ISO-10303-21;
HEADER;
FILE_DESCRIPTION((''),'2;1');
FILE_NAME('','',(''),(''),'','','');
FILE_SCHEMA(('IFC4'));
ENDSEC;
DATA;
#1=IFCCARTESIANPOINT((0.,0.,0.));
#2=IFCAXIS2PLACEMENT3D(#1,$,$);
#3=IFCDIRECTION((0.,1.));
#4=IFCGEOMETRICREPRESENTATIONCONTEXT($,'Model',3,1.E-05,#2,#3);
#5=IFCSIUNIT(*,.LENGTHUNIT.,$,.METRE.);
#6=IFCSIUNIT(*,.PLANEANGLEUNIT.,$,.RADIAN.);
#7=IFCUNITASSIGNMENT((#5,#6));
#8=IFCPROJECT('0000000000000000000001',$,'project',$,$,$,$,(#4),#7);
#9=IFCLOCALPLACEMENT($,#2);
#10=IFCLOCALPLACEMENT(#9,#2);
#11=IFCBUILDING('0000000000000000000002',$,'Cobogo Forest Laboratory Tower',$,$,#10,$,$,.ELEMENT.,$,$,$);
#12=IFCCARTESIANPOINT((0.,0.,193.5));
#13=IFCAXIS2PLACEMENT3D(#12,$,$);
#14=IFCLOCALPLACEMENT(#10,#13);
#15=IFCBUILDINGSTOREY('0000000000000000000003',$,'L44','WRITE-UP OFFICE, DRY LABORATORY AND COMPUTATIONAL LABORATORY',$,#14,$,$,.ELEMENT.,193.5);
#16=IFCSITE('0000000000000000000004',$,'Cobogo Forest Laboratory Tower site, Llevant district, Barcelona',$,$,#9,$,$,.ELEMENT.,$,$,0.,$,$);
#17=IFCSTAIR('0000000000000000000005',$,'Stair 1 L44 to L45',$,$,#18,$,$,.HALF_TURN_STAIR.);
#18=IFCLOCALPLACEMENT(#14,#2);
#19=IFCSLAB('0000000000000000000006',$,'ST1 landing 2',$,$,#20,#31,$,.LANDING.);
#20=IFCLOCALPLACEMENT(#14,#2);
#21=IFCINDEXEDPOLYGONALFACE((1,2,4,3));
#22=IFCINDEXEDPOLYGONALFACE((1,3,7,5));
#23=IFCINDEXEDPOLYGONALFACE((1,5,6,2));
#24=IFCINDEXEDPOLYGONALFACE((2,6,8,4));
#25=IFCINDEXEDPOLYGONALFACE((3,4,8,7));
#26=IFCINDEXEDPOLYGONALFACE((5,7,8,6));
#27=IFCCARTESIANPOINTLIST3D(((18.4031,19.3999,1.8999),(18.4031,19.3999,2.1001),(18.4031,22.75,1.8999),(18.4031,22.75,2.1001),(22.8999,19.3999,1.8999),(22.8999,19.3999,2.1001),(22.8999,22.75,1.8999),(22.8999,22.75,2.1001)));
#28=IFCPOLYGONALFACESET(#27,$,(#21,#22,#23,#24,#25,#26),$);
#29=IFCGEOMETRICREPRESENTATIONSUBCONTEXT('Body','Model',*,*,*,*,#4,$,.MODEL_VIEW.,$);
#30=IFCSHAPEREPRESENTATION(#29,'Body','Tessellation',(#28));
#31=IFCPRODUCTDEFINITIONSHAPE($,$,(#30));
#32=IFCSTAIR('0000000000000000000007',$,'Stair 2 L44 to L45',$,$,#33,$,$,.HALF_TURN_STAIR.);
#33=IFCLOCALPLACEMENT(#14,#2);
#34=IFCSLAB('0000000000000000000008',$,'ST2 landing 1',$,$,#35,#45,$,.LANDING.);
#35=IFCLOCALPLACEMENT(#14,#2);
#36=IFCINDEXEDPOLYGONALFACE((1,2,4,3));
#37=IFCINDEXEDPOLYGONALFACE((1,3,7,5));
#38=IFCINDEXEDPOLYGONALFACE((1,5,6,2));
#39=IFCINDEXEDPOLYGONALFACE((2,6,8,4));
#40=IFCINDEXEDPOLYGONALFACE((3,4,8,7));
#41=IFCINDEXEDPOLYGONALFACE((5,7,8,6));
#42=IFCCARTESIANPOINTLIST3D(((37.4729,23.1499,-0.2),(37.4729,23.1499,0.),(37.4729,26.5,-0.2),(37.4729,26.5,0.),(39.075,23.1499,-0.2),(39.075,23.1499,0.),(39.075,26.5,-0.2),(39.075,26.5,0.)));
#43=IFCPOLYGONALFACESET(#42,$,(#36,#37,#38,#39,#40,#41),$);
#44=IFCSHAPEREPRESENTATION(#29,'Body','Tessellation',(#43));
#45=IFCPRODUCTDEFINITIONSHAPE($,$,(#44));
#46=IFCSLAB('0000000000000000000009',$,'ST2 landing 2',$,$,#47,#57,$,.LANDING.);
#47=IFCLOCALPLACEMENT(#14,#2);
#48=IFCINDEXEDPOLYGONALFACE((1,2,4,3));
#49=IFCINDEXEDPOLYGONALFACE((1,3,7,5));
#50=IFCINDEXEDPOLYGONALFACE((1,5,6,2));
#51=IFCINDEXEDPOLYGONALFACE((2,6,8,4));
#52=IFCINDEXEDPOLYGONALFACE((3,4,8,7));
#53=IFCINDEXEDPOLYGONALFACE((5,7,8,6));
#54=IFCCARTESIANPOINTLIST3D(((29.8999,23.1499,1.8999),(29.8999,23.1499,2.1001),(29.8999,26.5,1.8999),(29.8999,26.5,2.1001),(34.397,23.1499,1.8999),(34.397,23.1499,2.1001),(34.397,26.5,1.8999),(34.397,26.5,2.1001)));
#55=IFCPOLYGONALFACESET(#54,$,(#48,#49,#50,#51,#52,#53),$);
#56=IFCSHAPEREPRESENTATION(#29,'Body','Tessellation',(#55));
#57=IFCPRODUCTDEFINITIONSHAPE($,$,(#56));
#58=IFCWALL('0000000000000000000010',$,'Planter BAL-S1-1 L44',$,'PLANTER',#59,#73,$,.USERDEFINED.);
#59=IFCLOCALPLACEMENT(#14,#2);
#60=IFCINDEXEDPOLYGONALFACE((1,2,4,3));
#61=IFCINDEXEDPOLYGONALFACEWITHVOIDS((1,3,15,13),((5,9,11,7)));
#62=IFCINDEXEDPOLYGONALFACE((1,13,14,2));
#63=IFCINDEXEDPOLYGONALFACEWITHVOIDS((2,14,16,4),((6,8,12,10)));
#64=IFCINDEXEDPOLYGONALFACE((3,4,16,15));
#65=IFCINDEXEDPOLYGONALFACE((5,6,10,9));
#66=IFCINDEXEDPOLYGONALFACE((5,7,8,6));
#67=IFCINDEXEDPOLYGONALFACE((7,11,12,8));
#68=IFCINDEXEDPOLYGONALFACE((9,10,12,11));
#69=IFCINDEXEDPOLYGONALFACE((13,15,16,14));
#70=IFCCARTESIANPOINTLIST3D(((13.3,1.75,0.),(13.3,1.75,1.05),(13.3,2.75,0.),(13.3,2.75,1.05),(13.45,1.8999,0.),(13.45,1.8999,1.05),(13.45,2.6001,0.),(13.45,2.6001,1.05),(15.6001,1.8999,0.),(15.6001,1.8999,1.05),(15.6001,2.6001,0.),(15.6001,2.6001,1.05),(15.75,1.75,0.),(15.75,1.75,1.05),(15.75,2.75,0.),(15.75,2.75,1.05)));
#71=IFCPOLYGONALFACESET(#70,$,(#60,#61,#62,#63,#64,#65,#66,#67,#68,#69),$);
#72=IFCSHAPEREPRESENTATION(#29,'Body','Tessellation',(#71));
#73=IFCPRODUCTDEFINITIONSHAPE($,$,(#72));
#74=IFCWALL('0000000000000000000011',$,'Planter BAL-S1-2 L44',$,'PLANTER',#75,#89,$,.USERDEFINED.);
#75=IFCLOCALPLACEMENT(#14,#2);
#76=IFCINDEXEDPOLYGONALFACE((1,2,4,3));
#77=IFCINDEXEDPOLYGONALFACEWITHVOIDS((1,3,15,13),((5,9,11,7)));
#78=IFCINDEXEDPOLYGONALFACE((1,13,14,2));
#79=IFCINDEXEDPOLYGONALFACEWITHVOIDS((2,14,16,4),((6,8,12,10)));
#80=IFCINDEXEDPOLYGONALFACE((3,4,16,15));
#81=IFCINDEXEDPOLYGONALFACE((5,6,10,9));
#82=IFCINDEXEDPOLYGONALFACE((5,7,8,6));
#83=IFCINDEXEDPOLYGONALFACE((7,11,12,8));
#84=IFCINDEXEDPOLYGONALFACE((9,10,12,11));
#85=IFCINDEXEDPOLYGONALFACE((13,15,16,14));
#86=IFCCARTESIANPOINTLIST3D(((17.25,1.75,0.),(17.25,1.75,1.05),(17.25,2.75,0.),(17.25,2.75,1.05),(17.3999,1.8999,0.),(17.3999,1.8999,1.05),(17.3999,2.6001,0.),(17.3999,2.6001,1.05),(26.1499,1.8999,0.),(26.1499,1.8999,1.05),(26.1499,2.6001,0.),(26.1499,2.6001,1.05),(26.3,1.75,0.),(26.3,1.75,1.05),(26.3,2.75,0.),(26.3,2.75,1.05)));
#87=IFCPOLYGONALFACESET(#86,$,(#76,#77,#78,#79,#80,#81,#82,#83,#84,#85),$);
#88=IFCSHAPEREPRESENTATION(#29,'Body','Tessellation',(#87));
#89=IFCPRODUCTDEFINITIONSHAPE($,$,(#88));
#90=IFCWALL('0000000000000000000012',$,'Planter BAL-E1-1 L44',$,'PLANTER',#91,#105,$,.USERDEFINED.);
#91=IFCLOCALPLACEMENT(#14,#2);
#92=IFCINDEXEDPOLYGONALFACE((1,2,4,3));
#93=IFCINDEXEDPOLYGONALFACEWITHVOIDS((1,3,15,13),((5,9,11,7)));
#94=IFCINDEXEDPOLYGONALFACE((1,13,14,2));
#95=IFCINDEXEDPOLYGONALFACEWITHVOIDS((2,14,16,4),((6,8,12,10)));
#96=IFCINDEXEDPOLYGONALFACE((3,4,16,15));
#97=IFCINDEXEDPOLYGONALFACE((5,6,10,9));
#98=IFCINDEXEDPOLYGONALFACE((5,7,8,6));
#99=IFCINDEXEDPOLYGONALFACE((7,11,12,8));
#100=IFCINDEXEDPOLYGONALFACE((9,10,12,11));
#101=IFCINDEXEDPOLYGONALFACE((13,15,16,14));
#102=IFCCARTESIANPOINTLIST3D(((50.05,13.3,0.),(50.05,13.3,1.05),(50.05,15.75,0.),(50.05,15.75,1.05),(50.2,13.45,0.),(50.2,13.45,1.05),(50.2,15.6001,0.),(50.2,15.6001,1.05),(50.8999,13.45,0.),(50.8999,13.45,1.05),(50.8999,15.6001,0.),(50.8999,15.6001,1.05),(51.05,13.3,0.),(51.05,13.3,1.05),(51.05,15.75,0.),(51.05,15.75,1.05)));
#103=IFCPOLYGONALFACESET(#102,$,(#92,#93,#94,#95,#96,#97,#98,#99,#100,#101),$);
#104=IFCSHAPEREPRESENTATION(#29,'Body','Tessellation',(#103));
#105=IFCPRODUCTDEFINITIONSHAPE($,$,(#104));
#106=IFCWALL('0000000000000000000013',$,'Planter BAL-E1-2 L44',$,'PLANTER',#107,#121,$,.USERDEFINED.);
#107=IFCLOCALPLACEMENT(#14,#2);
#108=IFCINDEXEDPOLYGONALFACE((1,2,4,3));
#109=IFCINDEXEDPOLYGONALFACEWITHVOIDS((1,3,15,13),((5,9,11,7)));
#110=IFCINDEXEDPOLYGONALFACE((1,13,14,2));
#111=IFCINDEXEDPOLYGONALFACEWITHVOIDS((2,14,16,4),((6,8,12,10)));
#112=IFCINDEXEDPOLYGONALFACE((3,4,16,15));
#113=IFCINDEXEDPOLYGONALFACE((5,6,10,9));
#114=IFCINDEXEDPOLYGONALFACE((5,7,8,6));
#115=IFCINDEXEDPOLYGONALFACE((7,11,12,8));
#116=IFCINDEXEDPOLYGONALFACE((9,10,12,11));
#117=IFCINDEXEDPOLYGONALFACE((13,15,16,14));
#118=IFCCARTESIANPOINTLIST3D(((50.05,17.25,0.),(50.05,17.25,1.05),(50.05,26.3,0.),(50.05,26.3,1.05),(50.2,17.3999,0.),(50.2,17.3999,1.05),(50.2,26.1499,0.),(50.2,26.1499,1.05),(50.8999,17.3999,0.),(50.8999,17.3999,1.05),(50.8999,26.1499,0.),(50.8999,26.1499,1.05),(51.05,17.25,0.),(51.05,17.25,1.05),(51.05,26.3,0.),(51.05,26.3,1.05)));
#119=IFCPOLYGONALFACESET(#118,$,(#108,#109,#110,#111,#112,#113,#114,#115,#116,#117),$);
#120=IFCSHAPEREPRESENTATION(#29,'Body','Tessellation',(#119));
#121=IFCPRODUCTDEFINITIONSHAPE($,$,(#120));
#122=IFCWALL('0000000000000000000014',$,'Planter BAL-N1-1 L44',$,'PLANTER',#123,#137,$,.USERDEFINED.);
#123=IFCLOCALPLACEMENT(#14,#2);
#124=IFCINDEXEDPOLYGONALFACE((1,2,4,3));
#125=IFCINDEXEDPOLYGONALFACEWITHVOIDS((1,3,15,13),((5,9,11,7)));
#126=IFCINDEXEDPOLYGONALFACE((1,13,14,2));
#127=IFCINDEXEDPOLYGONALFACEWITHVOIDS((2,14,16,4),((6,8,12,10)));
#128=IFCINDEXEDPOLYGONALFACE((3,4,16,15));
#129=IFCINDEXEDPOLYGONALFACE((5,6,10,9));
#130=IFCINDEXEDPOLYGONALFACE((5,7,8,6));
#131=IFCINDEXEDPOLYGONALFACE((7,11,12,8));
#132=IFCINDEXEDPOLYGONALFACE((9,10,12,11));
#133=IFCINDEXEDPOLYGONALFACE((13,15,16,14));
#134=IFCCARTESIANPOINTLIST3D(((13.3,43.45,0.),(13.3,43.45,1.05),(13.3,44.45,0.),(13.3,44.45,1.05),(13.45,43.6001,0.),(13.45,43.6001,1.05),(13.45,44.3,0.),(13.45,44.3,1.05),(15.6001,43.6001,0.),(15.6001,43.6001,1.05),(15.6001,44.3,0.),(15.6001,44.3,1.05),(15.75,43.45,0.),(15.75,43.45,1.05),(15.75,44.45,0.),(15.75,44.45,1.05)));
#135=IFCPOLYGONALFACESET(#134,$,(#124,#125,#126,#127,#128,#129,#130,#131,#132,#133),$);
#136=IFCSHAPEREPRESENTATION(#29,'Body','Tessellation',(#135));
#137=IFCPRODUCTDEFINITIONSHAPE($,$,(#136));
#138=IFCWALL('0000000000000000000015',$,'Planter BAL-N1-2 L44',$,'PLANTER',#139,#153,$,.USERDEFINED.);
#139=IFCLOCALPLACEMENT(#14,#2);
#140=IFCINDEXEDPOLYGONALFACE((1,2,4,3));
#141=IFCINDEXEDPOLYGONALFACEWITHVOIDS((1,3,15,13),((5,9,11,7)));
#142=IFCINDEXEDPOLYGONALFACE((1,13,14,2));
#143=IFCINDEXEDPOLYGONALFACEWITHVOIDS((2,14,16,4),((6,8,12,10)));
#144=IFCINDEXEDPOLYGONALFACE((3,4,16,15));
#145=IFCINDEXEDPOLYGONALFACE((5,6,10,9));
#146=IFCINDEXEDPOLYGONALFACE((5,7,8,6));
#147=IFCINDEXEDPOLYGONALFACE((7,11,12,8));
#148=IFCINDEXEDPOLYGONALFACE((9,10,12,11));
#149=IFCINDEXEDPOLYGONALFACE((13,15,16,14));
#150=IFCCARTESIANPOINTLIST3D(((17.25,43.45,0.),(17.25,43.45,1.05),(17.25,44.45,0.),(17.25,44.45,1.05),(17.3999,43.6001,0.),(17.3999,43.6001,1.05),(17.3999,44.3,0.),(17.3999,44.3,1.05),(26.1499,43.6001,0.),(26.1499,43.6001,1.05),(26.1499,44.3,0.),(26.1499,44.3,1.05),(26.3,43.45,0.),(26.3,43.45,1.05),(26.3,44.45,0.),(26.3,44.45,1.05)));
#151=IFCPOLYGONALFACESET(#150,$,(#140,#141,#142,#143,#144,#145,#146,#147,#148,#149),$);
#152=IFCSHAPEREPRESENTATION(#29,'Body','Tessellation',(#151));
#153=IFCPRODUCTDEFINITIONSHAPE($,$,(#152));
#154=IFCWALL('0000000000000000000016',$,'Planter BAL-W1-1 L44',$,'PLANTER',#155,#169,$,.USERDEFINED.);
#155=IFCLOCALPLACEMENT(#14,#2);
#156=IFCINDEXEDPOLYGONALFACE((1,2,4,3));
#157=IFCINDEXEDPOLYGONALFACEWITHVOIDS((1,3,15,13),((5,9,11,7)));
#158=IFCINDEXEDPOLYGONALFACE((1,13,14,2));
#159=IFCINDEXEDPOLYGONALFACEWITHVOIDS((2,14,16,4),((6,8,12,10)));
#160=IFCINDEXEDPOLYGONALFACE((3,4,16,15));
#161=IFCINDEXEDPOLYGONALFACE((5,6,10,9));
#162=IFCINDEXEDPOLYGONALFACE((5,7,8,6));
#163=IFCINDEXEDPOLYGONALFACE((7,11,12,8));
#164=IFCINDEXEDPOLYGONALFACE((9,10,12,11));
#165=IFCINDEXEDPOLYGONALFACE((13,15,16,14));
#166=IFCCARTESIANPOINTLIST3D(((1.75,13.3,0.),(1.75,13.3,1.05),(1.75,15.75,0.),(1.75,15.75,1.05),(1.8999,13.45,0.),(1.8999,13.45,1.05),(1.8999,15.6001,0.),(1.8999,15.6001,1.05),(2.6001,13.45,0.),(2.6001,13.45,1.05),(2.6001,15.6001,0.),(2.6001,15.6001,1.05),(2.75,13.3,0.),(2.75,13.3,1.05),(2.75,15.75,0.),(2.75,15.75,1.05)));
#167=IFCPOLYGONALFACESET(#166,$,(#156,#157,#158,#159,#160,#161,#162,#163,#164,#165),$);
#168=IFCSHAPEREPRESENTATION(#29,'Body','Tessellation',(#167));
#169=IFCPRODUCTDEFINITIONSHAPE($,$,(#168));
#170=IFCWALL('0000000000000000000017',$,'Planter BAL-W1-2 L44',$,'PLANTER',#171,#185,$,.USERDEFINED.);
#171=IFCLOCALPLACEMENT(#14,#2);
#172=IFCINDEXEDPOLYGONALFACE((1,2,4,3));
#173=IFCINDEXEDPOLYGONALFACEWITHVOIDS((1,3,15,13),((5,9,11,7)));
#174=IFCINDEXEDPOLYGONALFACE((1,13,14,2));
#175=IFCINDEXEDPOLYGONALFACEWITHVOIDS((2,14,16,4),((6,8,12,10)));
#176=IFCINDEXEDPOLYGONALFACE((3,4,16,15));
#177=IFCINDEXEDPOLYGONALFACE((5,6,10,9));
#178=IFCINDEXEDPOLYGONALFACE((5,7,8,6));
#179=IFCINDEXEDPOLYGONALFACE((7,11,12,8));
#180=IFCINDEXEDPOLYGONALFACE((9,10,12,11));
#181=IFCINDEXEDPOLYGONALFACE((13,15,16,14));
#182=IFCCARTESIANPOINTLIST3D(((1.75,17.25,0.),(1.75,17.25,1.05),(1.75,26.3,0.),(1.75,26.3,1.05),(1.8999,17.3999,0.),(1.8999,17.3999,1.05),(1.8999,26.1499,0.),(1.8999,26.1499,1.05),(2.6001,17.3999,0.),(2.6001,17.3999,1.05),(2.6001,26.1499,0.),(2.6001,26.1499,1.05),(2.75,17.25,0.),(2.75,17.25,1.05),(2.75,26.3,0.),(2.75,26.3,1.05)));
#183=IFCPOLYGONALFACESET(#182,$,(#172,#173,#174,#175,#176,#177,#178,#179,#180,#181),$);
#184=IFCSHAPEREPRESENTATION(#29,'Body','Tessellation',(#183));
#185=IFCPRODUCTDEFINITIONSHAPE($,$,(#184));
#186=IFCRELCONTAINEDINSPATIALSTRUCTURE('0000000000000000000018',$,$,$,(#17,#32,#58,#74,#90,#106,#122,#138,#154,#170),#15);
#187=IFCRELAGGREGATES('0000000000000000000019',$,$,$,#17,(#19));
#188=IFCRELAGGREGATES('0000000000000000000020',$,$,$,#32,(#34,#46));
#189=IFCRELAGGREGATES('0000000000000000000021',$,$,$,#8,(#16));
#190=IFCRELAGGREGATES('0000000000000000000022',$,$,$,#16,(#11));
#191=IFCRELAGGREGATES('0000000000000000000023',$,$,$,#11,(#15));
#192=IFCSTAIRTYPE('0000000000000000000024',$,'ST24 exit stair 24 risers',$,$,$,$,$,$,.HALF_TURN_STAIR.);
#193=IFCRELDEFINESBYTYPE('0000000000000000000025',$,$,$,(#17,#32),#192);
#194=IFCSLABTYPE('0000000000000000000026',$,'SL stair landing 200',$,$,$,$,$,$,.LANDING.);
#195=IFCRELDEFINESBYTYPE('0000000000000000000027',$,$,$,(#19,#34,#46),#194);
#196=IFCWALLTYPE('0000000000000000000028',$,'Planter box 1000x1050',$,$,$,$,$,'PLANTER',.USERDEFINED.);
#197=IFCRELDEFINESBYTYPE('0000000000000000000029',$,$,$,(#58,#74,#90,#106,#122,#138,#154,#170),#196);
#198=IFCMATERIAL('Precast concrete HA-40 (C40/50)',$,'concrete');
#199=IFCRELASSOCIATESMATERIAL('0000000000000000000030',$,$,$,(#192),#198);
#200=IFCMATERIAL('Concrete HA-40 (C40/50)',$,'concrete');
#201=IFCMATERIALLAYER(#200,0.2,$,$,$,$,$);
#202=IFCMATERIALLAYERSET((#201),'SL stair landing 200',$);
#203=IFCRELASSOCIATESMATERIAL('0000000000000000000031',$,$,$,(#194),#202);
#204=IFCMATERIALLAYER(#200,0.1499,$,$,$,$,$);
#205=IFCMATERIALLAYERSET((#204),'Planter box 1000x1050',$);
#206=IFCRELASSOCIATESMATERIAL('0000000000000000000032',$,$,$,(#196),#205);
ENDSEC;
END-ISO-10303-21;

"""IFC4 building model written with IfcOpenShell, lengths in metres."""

from ifc_helpers import new_model, si_unit, direction, frame, origin, place, context, subcontext, project, spatial, polyline, outline, extrude, material, layer, layer_set, type_object, element, aggregate, save


model = new_model("IFC4")

# Units and contexts
model_context = context("Model", 3, precision=1e-05, world=origin(), true_north=direction((0.0, 1.0)))
body_context = subcontext(model_context, "Body", "Model", "MODEL_VIEW")
ifc_project = project(units=[si_unit("LENGTHUNIT", "METRE"), si_unit("PLANEANGLEUNIT", "RADIAN")], contexts=[model_context])

# Site, building, storey
site_placement = place(None, origin())
site = spatial("IfcSite", under=ifc_project, at=site_placement, Name="Cobogo Forest Laboratory Tower site, Llevant district, Barcelona", CompositionType="ELEMENT", RefElevation=0.0)
building_placement = place(site_placement, origin())
building = spatial("IfcBuilding", under=site, at=building_placement, Name="Cobogo Forest Laboratory Tower", CompositionType="ELEMENT")
storey_placement = place(building_placement, frame((0.0, 0.0, 193.5)))
storey = spatial("IfcBuildingStorey", under=building, at=storey_placement, Name="L44", Description="WRITE-UP OFFICE, DRY LABORATORY AND COMPUTATIONAL LABORATORY", CompositionType="ELEMENT", Elevation=193.5)

# Shared definitions
ifc_material_1 = material(Name="Concrete HA-40 (C40/50)", Category="concrete")

# Stairs, slabs
ifc_material_2 = material(Name="Precast concrete HA-40 (C40/50)", Category="concrete")
stair_type = type_object("IfcStairType", Name="ST24 exit stair 24 risers", PredefinedType="HALF_TURN_STAIR", material=ifc_material_2)
stair_1_placement = place(storey_placement, origin())
stair_1 = element("IfcStair", 1, at=stair_1_placement, inside=storey, type_object=stair_type, Name="Stair 1 L44 to L45", PredefinedType="HALF_TURN_STAIR")
ifc_layer_1 = layer(ifc_material_1, 0.2)
ifc_layer_set_1 = layer_set([ifc_layer_1], Name="SL stair landing 200")
slab_type_1 = type_object("IfcSlabType", Name="SL stair landing 200", PredefinedType="LANDING", material=ifc_layer_set_1)
slab_1_placement = place(storey_placement, frame((0.0, 0.0, 1.8999)))
slab_1 = element("IfcSlab", 2, at=slab_1_placement, type_object=slab_type_1, Name="ST1 landing 2", PredefinedType="LANDING", context=body_context, shape_type="SweptSolid", body=[
    extrude(outline(polyline([(18.4031, 19.3999), (22.8999, 19.3999), (22.8999, 22.75), (18.4031, 22.75), (18.4031, 19.3999)])), origin(), (0.0, 0.0, 1.0), 0.2002),
])
aggregate(stair_1, [slab_1])
stair_2_placement = place(storey_placement, origin())
stair_2 = element("IfcStair", 3, at=stair_2_placement, inside=storey, type_object=stair_type, Name="Stair 2 L44 to L45", PredefinedType="HALF_TURN_STAIR")
slab_2_placement = place(storey_placement, frame((0.0, 0.0, -0.2)))
slab_2 = element("IfcSlab", 4, at=slab_2_placement, type_object=slab_type_1, Name="ST2 landing 1", PredefinedType="LANDING", context=body_context, shape_type="SweptSolid", body=[
    extrude(outline(polyline([(37.4729, 23.1499), (39.075, 23.1499), (39.075, 26.5), (37.4729, 26.5), (37.4729, 23.1499)])), origin(), (0.0, 0.0, 1.0), 0.2),
])
slab_3_placement = place(storey_placement, frame((0.0, 0.0, 1.8999)))
slab_3 = element("IfcSlab", 5, at=slab_3_placement, type_object=slab_type_1, Name="ST2 landing 2", PredefinedType="LANDING", context=body_context, shape_type="SweptSolid", body=[
    extrude(outline(polyline([(29.8999, 23.1499), (34.397, 23.1499), (34.397, 26.5), (29.8999, 26.5), (29.8999, 23.1499)])), origin(), (0.0, 0.0, 1.0), 0.2002),
])
aggregate(stair_2, [slab_2, slab_3])

# Walls
ifc_layer_2 = layer(ifc_material_1, 0.1499)
ifc_layer_set_2 = layer_set([ifc_layer_2], Name="Planter box 1000x1050")
wall_type = type_object("IfcWallType", Name="Planter box 1000x1050", ElementType="PLANTER", PredefinedType="USERDEFINED", material=ifc_layer_set_2)
wall_1_placement = place(storey_placement, origin())
element("IfcWall", 6, at=wall_1_placement, inside=storey, type_object=wall_type, Name="Planter BAL-S1-1 L44", ObjectType="PLANTER", PredefinedType="USERDEFINED", context=body_context, shape_type="SweptSolid", body=[
    extrude(outline(polyline([(13.3, 1.75), (15.75, 1.75), (15.75, 2.75), (13.3, 2.75), (13.3, 1.75)]), holes=[polyline([(13.45, 1.8999), (15.6001, 1.8999), (15.6001, 2.6001), (13.45, 2.6001), (13.45, 1.8999)])]), origin(), (0.0, 0.0, 1.0), 1.05),
])
wall_2_placement = place(storey_placement, origin())
element("IfcWall", 7, at=wall_2_placement, inside=storey, type_object=wall_type, Name="Planter BAL-S1-2 L44", ObjectType="PLANTER", PredefinedType="USERDEFINED", context=body_context, shape_type="SweptSolid", body=[
    extrude(outline(polyline([(17.25, 1.75), (26.3, 1.75), (26.3, 2.75), (17.25, 2.75), (17.25, 1.75)]), holes=[polyline([(17.3999, 1.8999), (26.1499, 1.8999), (26.1499, 2.6001), (17.3999, 2.6001), (17.3999, 1.8999)])]), origin(), (0.0, 0.0, 1.0), 1.05),
])
wall_3_placement = place(storey_placement, origin())
element("IfcWall", 8, at=wall_3_placement, inside=storey, type_object=wall_type, Name="Planter BAL-E1-1 L44", ObjectType="PLANTER", PredefinedType="USERDEFINED", context=body_context, shape_type="SweptSolid", body=[
    extrude(outline(polyline([(50.05, 13.3), (51.05, 13.3), (51.05, 15.75), (50.05, 15.75), (50.05, 13.3)]), holes=[polyline([(50.2, 13.45), (50.8999, 13.45), (50.8999, 15.6001), (50.2, 15.6001), (50.2, 13.45)])]), origin(), (0.0, 0.0, 1.0), 1.05),
])
wall_4_placement = place(storey_placement, origin())
element("IfcWall", 9, at=wall_4_placement, inside=storey, type_object=wall_type, Name="Planter BAL-E1-2 L44", ObjectType="PLANTER", PredefinedType="USERDEFINED", context=body_context, shape_type="SweptSolid", body=[
    extrude(outline(polyline([(50.05, 17.25), (51.05, 17.25), (51.05, 26.3), (50.05, 26.3), (50.05, 17.25)]), holes=[polyline([(50.2, 17.3999), (50.8999, 17.3999), (50.8999, 26.1499), (50.2, 26.1499), (50.2, 17.3999)])]), origin(), (0.0, 0.0, 1.0), 1.05),
])
wall_5_placement = place(storey_placement, origin())
element("IfcWall", 10, at=wall_5_placement, inside=storey, type_object=wall_type, Name="Planter BAL-N1-1 L44", ObjectType="PLANTER", PredefinedType="USERDEFINED", context=body_context, shape_type="SweptSolid", body=[
    extrude(outline(polyline([(13.3, 43.45), (15.75, 43.45), (15.75, 44.45), (13.3, 44.45), (13.3, 43.45)]), holes=[polyline([(13.45, 43.6001), (15.6001, 43.6001), (15.6001, 44.3), (13.45, 44.3), (13.45, 43.6001)])]), origin(), (0.0, 0.0, 1.0), 1.05),
])
wall_6_placement = place(storey_placement, origin())
element("IfcWall", 11, at=wall_6_placement, inside=storey, type_object=wall_type, Name="Planter BAL-N1-2 L44", ObjectType="PLANTER", PredefinedType="USERDEFINED", context=body_context, shape_type="SweptSolid", body=[
    extrude(outline(polyline([(17.25, 43.45), (26.3, 43.45), (26.3, 44.45), (17.25, 44.45), (17.25, 43.45)]), holes=[polyline([(17.3999, 43.6001), (26.1499, 43.6001), (26.1499, 44.3), (17.3999, 44.3), (17.3999, 43.6001)])]), origin(), (0.0, 0.0, 1.0), 1.05),
])
wall_7_placement = place(storey_placement, origin())
element("IfcWall", 12, at=wall_7_placement, inside=storey, type_object=wall_type, Name="Planter BAL-W1-1 L44", ObjectType="PLANTER", PredefinedType="USERDEFINED", context=body_context, shape_type="SweptSolid", body=[
    extrude(outline(polyline([(1.75, 13.3), (2.75, 13.3), (2.75, 15.75), (1.75, 15.75), (1.75, 13.3)]), holes=[polyline([(1.8999, 13.45), (2.6001, 13.45), (2.6001, 15.6001), (1.8999, 15.6001), (1.8999, 13.45)])]), origin(), (0.0, 0.0, 1.0), 1.05),
])
wall_8_placement = place(storey_placement, origin())
element("IfcWall", 13, at=wall_8_placement, inside=storey, type_object=wall_type, Name="Planter BAL-W1-2 L44", ObjectType="PLANTER", PredefinedType="USERDEFINED", context=body_context, shape_type="SweptSolid", body=[
    extrude(outline(polyline([(1.75, 17.25), (2.75, 17.25), (2.75, 26.3), (1.75, 26.3), (1.75, 17.25)]), holes=[polyline([(1.8999, 17.3999), (2.6001, 17.3999), (2.6001, 26.1499), (1.8999, 26.1499), (1.8999, 17.3999)])]), origin(), (0.0, 0.0, 1.0), 1.05),
])

save(model, "model.ifc")
